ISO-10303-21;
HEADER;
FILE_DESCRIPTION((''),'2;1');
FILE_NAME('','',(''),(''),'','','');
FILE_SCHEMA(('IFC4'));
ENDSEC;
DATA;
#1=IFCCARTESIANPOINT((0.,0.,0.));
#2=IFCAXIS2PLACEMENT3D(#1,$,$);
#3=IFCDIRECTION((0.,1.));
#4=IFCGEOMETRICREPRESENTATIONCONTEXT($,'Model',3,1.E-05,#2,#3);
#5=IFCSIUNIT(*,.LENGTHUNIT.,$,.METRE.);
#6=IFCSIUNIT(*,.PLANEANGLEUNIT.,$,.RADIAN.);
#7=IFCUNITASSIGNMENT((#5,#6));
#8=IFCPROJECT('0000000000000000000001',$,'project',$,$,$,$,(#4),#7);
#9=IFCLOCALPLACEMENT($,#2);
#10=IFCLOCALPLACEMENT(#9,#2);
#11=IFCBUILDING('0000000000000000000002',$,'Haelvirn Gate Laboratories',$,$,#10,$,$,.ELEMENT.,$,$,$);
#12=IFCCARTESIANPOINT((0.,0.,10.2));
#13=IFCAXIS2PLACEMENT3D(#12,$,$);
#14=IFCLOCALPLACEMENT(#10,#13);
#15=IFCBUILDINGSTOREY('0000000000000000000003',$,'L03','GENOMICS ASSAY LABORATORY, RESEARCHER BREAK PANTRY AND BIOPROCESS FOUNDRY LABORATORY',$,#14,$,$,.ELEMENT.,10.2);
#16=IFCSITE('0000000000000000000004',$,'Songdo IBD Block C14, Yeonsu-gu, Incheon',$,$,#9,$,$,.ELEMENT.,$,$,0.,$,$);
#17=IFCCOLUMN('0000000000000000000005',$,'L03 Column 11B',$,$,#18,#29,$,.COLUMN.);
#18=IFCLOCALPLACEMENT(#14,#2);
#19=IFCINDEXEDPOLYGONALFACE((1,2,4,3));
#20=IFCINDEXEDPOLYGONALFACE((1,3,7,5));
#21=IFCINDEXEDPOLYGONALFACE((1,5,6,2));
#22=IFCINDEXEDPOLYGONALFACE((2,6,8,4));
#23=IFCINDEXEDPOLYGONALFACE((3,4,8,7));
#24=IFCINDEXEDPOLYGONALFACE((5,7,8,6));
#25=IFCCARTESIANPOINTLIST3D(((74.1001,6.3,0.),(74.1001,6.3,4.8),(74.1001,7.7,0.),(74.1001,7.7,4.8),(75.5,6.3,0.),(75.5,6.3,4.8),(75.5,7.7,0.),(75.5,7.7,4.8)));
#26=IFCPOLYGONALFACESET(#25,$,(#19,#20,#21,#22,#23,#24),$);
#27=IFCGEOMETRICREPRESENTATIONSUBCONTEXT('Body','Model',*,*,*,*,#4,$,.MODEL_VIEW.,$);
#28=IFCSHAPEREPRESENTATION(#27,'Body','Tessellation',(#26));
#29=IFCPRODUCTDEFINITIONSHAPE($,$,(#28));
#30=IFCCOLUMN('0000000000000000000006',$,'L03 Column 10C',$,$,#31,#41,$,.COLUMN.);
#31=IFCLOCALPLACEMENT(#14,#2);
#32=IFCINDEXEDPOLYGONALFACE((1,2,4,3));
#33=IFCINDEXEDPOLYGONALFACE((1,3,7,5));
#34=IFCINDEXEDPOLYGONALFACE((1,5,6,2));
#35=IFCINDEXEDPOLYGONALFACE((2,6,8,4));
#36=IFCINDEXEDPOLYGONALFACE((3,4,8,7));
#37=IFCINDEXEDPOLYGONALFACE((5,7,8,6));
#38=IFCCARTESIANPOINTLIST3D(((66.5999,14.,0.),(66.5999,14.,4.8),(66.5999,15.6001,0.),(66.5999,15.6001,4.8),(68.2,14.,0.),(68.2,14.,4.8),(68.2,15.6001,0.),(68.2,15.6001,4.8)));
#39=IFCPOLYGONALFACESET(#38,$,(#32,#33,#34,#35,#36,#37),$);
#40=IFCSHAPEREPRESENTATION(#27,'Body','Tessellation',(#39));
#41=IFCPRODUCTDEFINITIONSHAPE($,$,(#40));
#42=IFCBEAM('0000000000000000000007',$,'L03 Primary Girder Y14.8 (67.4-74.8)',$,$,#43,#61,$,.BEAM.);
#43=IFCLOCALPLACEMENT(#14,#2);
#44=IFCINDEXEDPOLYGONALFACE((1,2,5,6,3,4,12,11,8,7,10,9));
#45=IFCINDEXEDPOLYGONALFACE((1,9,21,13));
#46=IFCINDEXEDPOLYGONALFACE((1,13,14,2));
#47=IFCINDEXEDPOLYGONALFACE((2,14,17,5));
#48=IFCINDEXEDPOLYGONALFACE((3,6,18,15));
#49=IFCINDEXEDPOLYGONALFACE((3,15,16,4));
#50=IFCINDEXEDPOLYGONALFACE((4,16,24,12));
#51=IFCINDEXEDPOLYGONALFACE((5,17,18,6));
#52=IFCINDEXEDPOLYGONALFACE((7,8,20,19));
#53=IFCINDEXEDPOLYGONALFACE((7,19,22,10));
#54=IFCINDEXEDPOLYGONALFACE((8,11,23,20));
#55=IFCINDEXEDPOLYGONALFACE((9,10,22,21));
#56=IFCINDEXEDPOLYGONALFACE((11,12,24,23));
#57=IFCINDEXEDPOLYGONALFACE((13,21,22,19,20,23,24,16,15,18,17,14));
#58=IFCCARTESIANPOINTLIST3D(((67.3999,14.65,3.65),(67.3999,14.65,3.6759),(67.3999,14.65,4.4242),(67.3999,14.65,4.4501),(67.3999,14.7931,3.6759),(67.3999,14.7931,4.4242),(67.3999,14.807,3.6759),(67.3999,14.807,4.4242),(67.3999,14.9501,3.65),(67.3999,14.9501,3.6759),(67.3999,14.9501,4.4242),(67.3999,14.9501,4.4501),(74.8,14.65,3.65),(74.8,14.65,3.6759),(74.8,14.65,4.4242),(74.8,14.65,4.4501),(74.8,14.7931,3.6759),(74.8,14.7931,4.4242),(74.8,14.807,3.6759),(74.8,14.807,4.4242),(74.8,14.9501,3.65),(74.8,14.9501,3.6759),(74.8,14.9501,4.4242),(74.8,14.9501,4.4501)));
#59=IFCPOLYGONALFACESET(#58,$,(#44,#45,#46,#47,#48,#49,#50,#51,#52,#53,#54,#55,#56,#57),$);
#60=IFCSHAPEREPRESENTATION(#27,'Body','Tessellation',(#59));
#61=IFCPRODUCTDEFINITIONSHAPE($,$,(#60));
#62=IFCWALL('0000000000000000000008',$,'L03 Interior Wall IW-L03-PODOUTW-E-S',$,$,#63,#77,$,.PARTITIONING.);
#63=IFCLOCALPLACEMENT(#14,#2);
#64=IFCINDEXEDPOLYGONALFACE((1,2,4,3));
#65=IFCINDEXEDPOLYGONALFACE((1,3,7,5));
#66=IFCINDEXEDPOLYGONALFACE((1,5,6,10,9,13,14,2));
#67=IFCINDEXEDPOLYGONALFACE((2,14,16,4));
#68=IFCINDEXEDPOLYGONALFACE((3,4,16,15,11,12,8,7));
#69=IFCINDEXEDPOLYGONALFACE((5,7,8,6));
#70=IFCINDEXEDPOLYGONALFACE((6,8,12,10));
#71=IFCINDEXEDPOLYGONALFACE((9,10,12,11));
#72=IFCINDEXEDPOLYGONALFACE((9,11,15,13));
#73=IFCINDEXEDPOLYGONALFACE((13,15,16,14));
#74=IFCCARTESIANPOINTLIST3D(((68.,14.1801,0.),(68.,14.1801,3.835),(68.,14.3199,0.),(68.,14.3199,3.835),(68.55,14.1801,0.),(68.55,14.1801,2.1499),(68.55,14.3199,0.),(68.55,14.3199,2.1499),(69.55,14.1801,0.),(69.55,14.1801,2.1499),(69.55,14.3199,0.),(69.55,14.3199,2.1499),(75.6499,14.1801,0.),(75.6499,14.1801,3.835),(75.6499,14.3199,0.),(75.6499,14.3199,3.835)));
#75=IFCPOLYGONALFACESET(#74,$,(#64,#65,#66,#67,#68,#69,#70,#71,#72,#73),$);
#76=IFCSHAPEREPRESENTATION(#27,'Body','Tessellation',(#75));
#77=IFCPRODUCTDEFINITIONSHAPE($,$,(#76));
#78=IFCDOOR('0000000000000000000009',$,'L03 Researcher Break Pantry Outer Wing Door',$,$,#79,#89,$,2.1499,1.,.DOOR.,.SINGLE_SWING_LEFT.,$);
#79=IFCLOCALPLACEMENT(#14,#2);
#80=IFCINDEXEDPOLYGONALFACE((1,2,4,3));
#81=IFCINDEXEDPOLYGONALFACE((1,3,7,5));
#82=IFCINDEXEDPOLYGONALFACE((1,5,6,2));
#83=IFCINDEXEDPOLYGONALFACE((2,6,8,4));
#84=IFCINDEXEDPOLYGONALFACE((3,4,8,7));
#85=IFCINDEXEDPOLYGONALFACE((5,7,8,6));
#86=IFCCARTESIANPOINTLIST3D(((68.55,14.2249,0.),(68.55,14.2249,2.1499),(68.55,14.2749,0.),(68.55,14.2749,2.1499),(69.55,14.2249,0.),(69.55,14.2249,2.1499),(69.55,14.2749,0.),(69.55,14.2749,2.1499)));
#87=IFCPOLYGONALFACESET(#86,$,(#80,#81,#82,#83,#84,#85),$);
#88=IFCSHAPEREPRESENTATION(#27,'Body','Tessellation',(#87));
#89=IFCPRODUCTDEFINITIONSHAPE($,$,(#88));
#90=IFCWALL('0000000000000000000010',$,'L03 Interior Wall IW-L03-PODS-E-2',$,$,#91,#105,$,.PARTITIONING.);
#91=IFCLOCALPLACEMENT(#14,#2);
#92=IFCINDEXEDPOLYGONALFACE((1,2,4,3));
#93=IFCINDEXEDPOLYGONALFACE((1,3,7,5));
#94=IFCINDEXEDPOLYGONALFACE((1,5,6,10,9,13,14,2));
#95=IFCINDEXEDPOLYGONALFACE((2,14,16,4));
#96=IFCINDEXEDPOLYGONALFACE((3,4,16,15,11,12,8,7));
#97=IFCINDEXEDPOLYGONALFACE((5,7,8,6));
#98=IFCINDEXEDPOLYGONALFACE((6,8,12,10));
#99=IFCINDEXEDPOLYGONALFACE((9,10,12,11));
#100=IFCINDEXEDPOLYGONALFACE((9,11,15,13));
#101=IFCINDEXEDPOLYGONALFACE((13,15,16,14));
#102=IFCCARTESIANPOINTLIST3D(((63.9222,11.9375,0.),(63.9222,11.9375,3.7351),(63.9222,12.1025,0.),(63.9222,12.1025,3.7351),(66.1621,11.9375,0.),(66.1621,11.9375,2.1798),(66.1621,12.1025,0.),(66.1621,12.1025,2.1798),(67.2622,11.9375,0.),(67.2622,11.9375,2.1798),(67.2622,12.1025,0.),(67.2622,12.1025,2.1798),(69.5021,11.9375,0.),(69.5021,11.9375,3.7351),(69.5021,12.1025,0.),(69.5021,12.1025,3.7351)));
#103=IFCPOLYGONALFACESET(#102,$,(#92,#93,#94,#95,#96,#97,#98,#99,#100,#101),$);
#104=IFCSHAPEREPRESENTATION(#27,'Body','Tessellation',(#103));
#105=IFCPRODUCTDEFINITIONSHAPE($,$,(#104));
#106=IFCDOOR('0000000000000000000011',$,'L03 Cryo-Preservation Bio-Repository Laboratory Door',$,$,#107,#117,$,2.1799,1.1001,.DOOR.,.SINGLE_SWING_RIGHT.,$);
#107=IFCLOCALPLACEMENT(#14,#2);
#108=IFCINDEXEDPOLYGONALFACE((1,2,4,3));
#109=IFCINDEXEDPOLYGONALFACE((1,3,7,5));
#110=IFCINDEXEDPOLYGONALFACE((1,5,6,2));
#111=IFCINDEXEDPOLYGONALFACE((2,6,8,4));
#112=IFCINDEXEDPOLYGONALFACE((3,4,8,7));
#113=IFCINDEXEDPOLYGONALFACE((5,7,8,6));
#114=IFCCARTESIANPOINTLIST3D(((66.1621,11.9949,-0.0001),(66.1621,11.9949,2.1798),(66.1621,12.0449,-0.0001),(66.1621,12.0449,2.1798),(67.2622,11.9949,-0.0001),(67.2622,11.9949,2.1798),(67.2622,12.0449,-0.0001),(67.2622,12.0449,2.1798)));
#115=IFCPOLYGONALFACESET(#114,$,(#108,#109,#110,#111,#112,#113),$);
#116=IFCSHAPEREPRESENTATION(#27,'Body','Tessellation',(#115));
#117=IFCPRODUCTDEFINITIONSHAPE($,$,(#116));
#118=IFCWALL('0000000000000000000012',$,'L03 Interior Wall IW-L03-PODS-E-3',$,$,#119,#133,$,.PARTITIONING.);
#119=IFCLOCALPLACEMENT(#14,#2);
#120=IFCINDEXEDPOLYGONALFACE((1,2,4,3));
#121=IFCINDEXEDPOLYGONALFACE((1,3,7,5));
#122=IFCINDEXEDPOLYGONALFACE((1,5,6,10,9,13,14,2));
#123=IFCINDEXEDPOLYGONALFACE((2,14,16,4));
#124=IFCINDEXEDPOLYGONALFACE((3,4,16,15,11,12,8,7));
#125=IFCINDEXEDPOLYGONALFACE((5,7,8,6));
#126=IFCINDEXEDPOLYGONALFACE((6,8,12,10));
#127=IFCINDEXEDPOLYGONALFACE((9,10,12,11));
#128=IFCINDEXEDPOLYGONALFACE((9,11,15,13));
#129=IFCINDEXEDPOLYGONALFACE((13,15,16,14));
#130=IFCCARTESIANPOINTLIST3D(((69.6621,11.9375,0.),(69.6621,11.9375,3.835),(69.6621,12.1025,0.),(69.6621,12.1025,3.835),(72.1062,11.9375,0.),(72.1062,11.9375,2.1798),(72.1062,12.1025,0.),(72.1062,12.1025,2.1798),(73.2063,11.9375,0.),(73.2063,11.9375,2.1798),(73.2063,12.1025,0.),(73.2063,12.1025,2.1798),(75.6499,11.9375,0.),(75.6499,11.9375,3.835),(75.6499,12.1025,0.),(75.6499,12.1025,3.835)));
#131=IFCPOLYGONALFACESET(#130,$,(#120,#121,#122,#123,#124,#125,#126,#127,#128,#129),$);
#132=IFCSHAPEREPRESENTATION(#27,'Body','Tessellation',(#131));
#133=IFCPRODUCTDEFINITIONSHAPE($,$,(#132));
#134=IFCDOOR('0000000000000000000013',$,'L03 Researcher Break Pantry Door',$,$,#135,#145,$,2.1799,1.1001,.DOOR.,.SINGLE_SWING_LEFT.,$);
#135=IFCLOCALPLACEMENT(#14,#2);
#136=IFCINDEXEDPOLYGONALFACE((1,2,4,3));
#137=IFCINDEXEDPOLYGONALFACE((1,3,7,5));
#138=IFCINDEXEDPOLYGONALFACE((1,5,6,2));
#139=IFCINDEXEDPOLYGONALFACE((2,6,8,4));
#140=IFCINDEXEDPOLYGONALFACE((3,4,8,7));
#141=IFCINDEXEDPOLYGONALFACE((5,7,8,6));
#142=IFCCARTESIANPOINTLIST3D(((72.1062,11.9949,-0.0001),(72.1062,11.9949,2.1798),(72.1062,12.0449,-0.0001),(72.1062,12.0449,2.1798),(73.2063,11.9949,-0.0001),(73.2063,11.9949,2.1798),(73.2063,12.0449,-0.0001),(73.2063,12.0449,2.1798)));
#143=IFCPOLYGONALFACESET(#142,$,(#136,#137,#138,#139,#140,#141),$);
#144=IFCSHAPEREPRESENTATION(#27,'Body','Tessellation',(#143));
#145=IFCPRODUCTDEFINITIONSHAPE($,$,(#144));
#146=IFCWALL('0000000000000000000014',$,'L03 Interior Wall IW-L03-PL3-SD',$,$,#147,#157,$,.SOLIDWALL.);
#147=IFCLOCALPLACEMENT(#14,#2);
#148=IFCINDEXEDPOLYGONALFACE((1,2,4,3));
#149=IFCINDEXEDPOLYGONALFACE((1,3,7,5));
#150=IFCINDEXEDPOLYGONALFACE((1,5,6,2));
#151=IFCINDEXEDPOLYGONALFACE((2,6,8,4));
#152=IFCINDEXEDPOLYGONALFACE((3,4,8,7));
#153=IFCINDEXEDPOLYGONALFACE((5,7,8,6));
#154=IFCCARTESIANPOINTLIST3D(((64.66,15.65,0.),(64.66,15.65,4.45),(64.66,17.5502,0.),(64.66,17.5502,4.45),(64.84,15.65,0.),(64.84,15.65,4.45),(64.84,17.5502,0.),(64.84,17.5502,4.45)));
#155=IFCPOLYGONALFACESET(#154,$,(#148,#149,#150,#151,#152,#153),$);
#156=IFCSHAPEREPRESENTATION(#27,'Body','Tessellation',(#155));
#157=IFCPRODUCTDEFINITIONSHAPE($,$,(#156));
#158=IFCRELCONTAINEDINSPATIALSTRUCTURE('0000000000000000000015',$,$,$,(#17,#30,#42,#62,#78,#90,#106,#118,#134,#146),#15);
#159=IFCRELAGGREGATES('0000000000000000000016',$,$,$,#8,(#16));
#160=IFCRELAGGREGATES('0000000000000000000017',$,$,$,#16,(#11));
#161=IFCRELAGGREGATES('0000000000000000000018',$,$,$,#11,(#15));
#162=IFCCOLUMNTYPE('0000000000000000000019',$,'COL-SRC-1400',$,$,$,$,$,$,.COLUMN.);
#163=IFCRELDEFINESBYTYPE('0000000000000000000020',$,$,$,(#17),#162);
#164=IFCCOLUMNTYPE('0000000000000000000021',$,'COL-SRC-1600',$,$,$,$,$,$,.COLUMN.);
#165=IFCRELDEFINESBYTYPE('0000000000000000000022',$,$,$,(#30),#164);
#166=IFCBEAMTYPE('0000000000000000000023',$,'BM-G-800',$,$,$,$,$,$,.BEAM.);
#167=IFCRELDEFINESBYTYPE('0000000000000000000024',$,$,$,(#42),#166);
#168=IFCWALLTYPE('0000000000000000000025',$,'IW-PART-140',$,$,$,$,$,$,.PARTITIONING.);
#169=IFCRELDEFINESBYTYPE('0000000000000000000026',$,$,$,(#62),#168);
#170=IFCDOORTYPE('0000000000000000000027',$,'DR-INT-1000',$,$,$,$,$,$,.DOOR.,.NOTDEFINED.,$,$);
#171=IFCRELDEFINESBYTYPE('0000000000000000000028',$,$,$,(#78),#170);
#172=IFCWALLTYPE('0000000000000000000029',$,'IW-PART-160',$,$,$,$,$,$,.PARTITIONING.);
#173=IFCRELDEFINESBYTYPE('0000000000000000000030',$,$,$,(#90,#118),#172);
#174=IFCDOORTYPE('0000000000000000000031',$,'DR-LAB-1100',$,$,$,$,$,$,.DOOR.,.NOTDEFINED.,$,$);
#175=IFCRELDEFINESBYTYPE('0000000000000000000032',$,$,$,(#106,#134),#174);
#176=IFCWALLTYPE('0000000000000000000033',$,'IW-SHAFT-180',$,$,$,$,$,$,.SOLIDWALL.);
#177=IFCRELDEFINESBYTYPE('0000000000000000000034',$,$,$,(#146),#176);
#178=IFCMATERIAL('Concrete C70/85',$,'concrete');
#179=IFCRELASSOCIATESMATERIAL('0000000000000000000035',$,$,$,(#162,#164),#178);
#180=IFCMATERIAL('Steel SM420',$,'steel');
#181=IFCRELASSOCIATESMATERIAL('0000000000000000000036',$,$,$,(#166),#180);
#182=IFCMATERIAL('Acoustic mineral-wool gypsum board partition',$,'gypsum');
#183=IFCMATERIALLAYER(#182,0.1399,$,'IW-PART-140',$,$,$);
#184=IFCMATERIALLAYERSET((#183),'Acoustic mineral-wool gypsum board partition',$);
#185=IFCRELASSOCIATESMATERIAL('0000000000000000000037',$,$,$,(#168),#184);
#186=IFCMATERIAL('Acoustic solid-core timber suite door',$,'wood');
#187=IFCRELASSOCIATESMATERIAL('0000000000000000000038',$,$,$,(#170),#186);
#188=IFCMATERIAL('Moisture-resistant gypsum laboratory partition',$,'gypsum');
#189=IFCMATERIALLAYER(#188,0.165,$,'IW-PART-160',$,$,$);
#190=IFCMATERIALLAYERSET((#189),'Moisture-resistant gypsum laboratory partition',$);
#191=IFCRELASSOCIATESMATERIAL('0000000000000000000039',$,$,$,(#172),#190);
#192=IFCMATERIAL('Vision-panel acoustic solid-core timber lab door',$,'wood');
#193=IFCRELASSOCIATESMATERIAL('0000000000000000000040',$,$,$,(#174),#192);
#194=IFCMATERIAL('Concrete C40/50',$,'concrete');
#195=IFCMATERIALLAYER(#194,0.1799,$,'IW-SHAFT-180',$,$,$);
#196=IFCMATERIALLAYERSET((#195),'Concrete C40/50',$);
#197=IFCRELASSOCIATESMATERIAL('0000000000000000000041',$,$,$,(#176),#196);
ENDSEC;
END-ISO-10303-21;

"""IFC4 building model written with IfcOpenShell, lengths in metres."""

from ifc_helpers import new_model, si_unit, direction, frame, frame_2d, origin, origin_2d, place, context, subcontext, project, spatial, rectangle, i_section, extrude, source, transform, mapped, material, layer, layer_set, material_profile, profile_set, type_object, type_shapes, element, fill, save


model = new_model("IFC4")

# Units and contexts
model_context = context("Model", 3, precision=1e-05, world=origin(), true_north=direction((0.0, 1.0)))
body_context = subcontext(model_context, "Body", "Model", "MODEL_VIEW")
ifc_project = project(units=[si_unit("LENGTHUNIT", "METRE"), si_unit("PLANEANGLEUNIT", "RADIAN")], contexts=[model_context])

# Site, building, storey
site_placement = place(None, origin())
site = spatial("IfcSite", under=ifc_project, at=site_placement, Name="Songdo IBD Block C14, Yeonsu-gu, Incheon", CompositionType="ELEMENT", RefElevation=0.0)
building_placement = place(site_placement, origin())
building = spatial("IfcBuilding", under=site, at=building_placement, Name="Haelvirn Gate Laboratories", CompositionType="ELEMENT")
storey_placement = place(building_placement, frame((0.0, 0.0, 10.2)))
storey = spatial("IfcBuildingStorey", under=building, at=storey_placement, Name="L03", Description="GENOMICS ASSAY LABORATORY, RESEARCHER BREAK PANTRY AND BIOPROCESS FOUNDRY LABORATORY", CompositionType="ELEMENT", Elevation=10.2)

# Columns
ifc_material_1 = material(Name="Concrete C70/85", Category="concrete")
ifc_material_profile_1 = material_profile(ifc_material_1, rectangle(XDim=1.3999, YDim=1.3999, at=origin_2d()), Name="SRC-1400x1400")
ifc_profile_set_1 = profile_set([ifc_material_profile_1], Name="Concrete C70/85")
column_type_1 = type_object("IfcColumnType", Name="COL-SRC-1400", PredefinedType="COLUMN", material=ifc_profile_set_1)
shared_shape_1 = source(origin(), body_context, "Body", "SweptSolid", [
    extrude(rectangle(XDim=1.3999, YDim=1.3999, at=origin_2d()), origin(), (0.0, 0.0, 1.0), 4.8),
])
type_shapes(column_type_1, [shared_shape_1])
column_1_placement = place(storey_placement, frame((74.8, 7.0, 0.0), z_axis=(0.0, 0.0, 1.0), x_axis=(1.0, 0.0, 0.0)))
element("IfcColumn", 1, at=column_1_placement, inside=storey, type_object=column_type_1, Name="L03 Column 11B", PredefinedType="COLUMN", context=body_context, shape_type="MappedRepresentation", body=[
    mapped(shared_shape_1, transform((0.0, 0.0, 0.0), scale=1.0)),
])
ifc_material_profile_2 = material_profile(ifc_material_1, rectangle(XDim=1.6001, YDim=1.6001, at=origin_2d()), Name="SRC-1600x1600")
ifc_profile_set_2 = profile_set([ifc_material_profile_2], Name="Concrete C70/85")
column_type_2 = type_object("IfcColumnType", Name="COL-SRC-1600", PredefinedType="COLUMN", material=ifc_profile_set_2)
shared_shape_2 = source(origin(), body_context, "Body", "SweptSolid", [
    extrude(rectangle(XDim=1.6001, YDim=1.6001, at=origin_2d()), origin(), (0.0, 0.0, 1.0), 4.8),
])
type_shapes(column_type_2, [shared_shape_2])
column_2_placement = place(storey_placement, frame((67.3999, 14.8, 0.0), z_axis=(0.0, 0.0, 1.0), x_axis=(1.0, 0.0, 0.0)))
element("IfcColumn", 2, at=column_2_placement, inside=storey, type_object=column_type_2, Name="L03 Column 10C", PredefinedType="COLUMN", context=body_context, shape_type="MappedRepresentation", body=[
    mapped(shared_shape_2, transform((0.0, 0.0, 0.0), scale=1.0)),
])

# Beam
ifc_material_2 = material(Name="Steel SM420", Category="steel")
ifc_material_profile_3 = material_profile(ifc_material_2, i_section(OverallWidth=0.3, OverallDepth=0.8, WebThickness=0.0139, FlangeThickness=0.0259, at=origin_2d()), Name="H-800x300x14x26")
ifc_profile_set_3 = profile_set([ifc_material_profile_3], Name="Steel SM420")
beam_type = type_object("IfcBeamType", Name="BM-G-800", PredefinedType="BEAM", material=ifc_profile_set_3)
shared_shape_3 = source(origin(), body_context, "Body", "SweptSolid", [
    extrude(i_section(OverallWidth=0.3, OverallDepth=0.8, WebThickness=0.0139, FlangeThickness=0.0259, at=origin_2d()), origin(), (0.0, 0.0, 1.0), 7.4001),
])
type_shapes(beam_type, [shared_shape_3])
beam_placement = place(storey_placement, frame((67.3999, 14.8, 4.05), z_axis=(1.0, 0.0, 0.0), x_axis=(0.0, 1.0, 0.0)))
element("IfcBeam", 3, at=beam_placement, inside=storey, type_object=beam_type, Name="L03 Primary Girder Y14.8 (67.4-74.8)", PredefinedType="BEAM", context=body_context, shape_type="MappedRepresentation", body=[
    mapped(shared_shape_3, transform((0.0, 0.0, 0.0), scale=1.0)),
])

# Walls, openings, doors
ifc_material_3 = material(Name="Acoustic mineral-wool gypsum board partition", Category="gypsum")
ifc_layer_1 = layer(ifc_material_3, 0.1399, Name="IW-PART-140")
ifc_layer_set_1 = layer_set([ifc_layer_1], Name="Acoustic mineral-wool gypsum board partition")
wall_type_1 = type_object("IfcWallType", Name="IW-PART-140", PredefinedType="PARTITIONING", material=ifc_layer_set_1)
wall_1_placement = place(storey_placement, frame((68.0, 14.25, 0.0), z_axis=(0.0, 0.0, 1.0), x_axis=(1.0, 0.0, 0.0)))
wall_1 = element("IfcWall", 4, at=wall_1_placement, inside=storey, type_object=wall_type_1, Name="L03 Interior Wall IW-L03-PODOUTW-E-S", PredefinedType="PARTITIONING", context=body_context, shape_type="SweptSolid", body=[
    extrude(rectangle(XDim=7.6499, YDim=0.1399, at=frame_2d((3.825, 0.0))), origin(), (0.0, 0.0, 1.0), 3.835),
])
opening_1_placement = place(wall_1_placement, frame((0.55, 0.0, 0.0)))
opening_1 = element("IfcOpeningElement", 5, at=opening_1_placement, cuts=wall_1, PredefinedType="OPENING", context=body_context, shape_type="SweptSolid", body=[
    extrude(rectangle(XDim=1.0, YDim=2.1499, at=frame_2d((0.5, 1.075))), frame((0.0, 0.0801, 0.0), z_axis=(0.0, -1.0, 0.0), x_axis=(1.0, 0.0, 0.0)), (0.0, 0.0, 1.0), 0.1599),
])
ifc_material_4 = material(Name="Acoustic solid-core timber suite door", Category="wood")
door_type_1 = type_object("IfcDoorType", Name="DR-INT-1000", OperationType="NOTDEFINED", PredefinedType="DOOR", material=ifc_material_4)
shared_shape_4 = source(origin(), body_context, "Body", "SweptSolid", [
    extrude(rectangle(XDim=1.0, YDim=2.1499, at=frame_2d((0.5, 1.075))), frame((0.0, 0.0249, 0.0), z_axis=(0.0, -1.0, 0.0), x_axis=(1.0, 0.0, 0.0)), (0.0, 0.0, 1.0), 0.05),
])
type_shapes(door_type_1, [shared_shape_4])
door_1_placement = place(opening_1_placement, origin())
door_1 = element("IfcDoor", 6, at=door_1_placement, inside=storey, type_object=door_type_1, Name="L03 Researcher Break Pantry Outer Wing Door", OperationType="SINGLE_SWING_LEFT", OverallHeight=2.1499, OverallWidth=1.0, PredefinedType="DOOR", context=body_context, shape_type="MappedRepresentation", body=[
    mapped(shared_shape_4, transform((0.0, 0.0, 0.0), scale=1.0)),
])
fill(opening_1, door_1)
ifc_material_5 = material(Name="Moisture-resistant gypsum laboratory partition", Category="gypsum")
ifc_layer_2 = layer(ifc_material_5, 0.165, Name="IW-PART-160")
ifc_layer_set_2 = layer_set([ifc_layer_2], Name="Moisture-resistant gypsum laboratory partition")
wall_type_2 = type_object("IfcWallType", Name="IW-PART-160", PredefinedType="PARTITIONING", material=ifc_layer_set_2)
wall_2_placement = place(storey_placement, frame((63.9221, 12.02, 0.0), z_axis=(0.0, 0.0, 1.0), x_axis=(1.0, 0.0, 0.0)))
wall_2 = element("IfcWall", 7, at=wall_2_placement, inside=storey, type_object=wall_type_2, Name="L03 Interior Wall IW-L03-PODS-E-2", PredefinedType="PARTITIONING", context=body_context, shape_type="SweptSolid", body=[
    extrude(rectangle(XDim=5.5798, YDim=0.165, at=frame_2d((2.79, 0.0))), origin(), (0.0, 0.0, 1.0), 3.7351),
])
opening_2_placement = place(wall_2_placement, frame((2.24, 0.0, 0.0)))
opening_2 = element("IfcOpeningElement", 8, at=opening_2_placement, cuts=wall_2, PredefinedType="OPENING", context=body_context, shape_type="SweptSolid", body=[
    extrude(rectangle(XDim=1.1001, YDim=2.1799, at=frame_2d((0.55, 1.0898))), frame((0.0, 0.0925, 0.0), z_axis=(0.0, -1.0, 0.0), x_axis=(1.0, 0.0, 0.0)), (0.0, 0.0, 1.0), 0.1851),
])
ifc_material_6 = material(Name="Vision-panel acoustic solid-core timber lab door", Category="wood")
door_type_2 = type_object("IfcDoorType", Name="DR-LAB-1100", OperationType="NOTDEFINED", PredefinedType="DOOR", material=ifc_material_6)
shared_shape_5 = source(origin(), body_context, "Body", "SweptSolid", [
    extrude(rectangle(XDim=1.1001, YDim=2.1799, at=frame_2d((0.55, 1.0898))), frame((0.0, 0.0249, 0.0), z_axis=(0.0, -1.0, 0.0), x_axis=(1.0, 0.0, 0.0)), (0.0, 0.0, 1.0), 0.05),
])
type_shapes(door_type_2, [shared_shape_5])
door_2_placement = place(opening_2_placement, origin())
door_2 = element("IfcDoor", 9, at=door_2_placement, inside=storey, type_object=door_type_2, Name="L03 Cryo-Preservation Bio-Repository Laboratory Door", OperationType="SINGLE_SWING_RIGHT", OverallHeight=2.1799, OverallWidth=1.1001, PredefinedType="DOOR", context=body_context, shape_type="MappedRepresentation", body=[
    mapped(shared_shape_5, transform((0.0, 0.0, 0.0), scale=1.0)),
])
fill(opening_2, door_2)
wall_3_placement = place(storey_placement, frame((69.6621, 12.02, 0.0), z_axis=(0.0, 0.0, 1.0), x_axis=(1.0, 0.0, 0.0)))
wall_3 = element("IfcWall", 10, at=wall_3_placement, inside=storey, type_object=wall_type_2, Name="L03 Interior Wall IW-L03-PODS-E-3", PredefinedType="PARTITIONING", context=body_context, shape_type="SweptSolid", body=[
    extrude(rectangle(XDim=5.9878, YDim=0.165, at=frame_2d((2.9939, 0.0))), origin(), (0.0, 0.0, 1.0), 3.835),
])
opening_3_placement = place(wall_3_placement, frame((2.4441, 0.0, 0.0)))
opening_3 = element("IfcOpeningElement", 11, at=opening_3_placement, cuts=wall_3, PredefinedType="OPENING", context=body_context, shape_type="SweptSolid", body=[
    extrude(rectangle(XDim=1.1001, YDim=2.1799, at=frame_2d((0.55, 1.0898))), frame((0.0, 0.0925, 0.0), z_axis=(0.0, -1.0, 0.0), x_axis=(1.0, 0.0, 0.0)), (0.0, 0.0, 1.0), 0.1851),
])
door_3_placement = place(opening_3_placement, origin())
door_3 = element("IfcDoor", 12, at=door_3_placement, inside=storey, type_object=door_type_2, Name="L03 Researcher Break Pantry Door", OperationType="SINGLE_SWING_LEFT", OverallHeight=2.1799, OverallWidth=1.1001, PredefinedType="DOOR", context=body_context, shape_type="MappedRepresentation", body=[
    mapped(shared_shape_5, transform((0.0, 0.0, 0.0), scale=1.0)),
])
fill(opening_3, door_3)

# Wall
ifc_material_7 = material(Name="Concrete C40/50", Category="concrete")
ifc_layer_3 = layer(ifc_material_7, 0.1799, Name="IW-SHAFT-180")
ifc_layer_set_3 = layer_set([ifc_layer_3], Name="Concrete C40/50")
wall_type_3 = type_object("IfcWallType", Name="IW-SHAFT-180", PredefinedType="SOLIDWALL", material=ifc_layer_set_3)
for number, where, z_axis, x_axis, name in (
    (13, (64.75, 15.6499, 0.0), (0.0, 0.0, 1.0), (0.0, 1.0, 0.0), "L03 Interior Wall IW-L03-PL3-SD"),
):
    element("IfcWall", number, at=place(storey_placement, frame(where, z_axis=z_axis, x_axis=x_axis)), inside=storey, type_object=wall_type_3, Name=name, PredefinedType="SOLIDWALL", context=body_context, shape_type="SweptSolid", body=[
        extrude(rectangle(XDim=1.9001, YDim=0.1799, at=frame_2d((0.9502, 0.0))), origin(), (0.0, 0.0, 1.0), 4.45),
    ])

save(model, "model.ifc")
